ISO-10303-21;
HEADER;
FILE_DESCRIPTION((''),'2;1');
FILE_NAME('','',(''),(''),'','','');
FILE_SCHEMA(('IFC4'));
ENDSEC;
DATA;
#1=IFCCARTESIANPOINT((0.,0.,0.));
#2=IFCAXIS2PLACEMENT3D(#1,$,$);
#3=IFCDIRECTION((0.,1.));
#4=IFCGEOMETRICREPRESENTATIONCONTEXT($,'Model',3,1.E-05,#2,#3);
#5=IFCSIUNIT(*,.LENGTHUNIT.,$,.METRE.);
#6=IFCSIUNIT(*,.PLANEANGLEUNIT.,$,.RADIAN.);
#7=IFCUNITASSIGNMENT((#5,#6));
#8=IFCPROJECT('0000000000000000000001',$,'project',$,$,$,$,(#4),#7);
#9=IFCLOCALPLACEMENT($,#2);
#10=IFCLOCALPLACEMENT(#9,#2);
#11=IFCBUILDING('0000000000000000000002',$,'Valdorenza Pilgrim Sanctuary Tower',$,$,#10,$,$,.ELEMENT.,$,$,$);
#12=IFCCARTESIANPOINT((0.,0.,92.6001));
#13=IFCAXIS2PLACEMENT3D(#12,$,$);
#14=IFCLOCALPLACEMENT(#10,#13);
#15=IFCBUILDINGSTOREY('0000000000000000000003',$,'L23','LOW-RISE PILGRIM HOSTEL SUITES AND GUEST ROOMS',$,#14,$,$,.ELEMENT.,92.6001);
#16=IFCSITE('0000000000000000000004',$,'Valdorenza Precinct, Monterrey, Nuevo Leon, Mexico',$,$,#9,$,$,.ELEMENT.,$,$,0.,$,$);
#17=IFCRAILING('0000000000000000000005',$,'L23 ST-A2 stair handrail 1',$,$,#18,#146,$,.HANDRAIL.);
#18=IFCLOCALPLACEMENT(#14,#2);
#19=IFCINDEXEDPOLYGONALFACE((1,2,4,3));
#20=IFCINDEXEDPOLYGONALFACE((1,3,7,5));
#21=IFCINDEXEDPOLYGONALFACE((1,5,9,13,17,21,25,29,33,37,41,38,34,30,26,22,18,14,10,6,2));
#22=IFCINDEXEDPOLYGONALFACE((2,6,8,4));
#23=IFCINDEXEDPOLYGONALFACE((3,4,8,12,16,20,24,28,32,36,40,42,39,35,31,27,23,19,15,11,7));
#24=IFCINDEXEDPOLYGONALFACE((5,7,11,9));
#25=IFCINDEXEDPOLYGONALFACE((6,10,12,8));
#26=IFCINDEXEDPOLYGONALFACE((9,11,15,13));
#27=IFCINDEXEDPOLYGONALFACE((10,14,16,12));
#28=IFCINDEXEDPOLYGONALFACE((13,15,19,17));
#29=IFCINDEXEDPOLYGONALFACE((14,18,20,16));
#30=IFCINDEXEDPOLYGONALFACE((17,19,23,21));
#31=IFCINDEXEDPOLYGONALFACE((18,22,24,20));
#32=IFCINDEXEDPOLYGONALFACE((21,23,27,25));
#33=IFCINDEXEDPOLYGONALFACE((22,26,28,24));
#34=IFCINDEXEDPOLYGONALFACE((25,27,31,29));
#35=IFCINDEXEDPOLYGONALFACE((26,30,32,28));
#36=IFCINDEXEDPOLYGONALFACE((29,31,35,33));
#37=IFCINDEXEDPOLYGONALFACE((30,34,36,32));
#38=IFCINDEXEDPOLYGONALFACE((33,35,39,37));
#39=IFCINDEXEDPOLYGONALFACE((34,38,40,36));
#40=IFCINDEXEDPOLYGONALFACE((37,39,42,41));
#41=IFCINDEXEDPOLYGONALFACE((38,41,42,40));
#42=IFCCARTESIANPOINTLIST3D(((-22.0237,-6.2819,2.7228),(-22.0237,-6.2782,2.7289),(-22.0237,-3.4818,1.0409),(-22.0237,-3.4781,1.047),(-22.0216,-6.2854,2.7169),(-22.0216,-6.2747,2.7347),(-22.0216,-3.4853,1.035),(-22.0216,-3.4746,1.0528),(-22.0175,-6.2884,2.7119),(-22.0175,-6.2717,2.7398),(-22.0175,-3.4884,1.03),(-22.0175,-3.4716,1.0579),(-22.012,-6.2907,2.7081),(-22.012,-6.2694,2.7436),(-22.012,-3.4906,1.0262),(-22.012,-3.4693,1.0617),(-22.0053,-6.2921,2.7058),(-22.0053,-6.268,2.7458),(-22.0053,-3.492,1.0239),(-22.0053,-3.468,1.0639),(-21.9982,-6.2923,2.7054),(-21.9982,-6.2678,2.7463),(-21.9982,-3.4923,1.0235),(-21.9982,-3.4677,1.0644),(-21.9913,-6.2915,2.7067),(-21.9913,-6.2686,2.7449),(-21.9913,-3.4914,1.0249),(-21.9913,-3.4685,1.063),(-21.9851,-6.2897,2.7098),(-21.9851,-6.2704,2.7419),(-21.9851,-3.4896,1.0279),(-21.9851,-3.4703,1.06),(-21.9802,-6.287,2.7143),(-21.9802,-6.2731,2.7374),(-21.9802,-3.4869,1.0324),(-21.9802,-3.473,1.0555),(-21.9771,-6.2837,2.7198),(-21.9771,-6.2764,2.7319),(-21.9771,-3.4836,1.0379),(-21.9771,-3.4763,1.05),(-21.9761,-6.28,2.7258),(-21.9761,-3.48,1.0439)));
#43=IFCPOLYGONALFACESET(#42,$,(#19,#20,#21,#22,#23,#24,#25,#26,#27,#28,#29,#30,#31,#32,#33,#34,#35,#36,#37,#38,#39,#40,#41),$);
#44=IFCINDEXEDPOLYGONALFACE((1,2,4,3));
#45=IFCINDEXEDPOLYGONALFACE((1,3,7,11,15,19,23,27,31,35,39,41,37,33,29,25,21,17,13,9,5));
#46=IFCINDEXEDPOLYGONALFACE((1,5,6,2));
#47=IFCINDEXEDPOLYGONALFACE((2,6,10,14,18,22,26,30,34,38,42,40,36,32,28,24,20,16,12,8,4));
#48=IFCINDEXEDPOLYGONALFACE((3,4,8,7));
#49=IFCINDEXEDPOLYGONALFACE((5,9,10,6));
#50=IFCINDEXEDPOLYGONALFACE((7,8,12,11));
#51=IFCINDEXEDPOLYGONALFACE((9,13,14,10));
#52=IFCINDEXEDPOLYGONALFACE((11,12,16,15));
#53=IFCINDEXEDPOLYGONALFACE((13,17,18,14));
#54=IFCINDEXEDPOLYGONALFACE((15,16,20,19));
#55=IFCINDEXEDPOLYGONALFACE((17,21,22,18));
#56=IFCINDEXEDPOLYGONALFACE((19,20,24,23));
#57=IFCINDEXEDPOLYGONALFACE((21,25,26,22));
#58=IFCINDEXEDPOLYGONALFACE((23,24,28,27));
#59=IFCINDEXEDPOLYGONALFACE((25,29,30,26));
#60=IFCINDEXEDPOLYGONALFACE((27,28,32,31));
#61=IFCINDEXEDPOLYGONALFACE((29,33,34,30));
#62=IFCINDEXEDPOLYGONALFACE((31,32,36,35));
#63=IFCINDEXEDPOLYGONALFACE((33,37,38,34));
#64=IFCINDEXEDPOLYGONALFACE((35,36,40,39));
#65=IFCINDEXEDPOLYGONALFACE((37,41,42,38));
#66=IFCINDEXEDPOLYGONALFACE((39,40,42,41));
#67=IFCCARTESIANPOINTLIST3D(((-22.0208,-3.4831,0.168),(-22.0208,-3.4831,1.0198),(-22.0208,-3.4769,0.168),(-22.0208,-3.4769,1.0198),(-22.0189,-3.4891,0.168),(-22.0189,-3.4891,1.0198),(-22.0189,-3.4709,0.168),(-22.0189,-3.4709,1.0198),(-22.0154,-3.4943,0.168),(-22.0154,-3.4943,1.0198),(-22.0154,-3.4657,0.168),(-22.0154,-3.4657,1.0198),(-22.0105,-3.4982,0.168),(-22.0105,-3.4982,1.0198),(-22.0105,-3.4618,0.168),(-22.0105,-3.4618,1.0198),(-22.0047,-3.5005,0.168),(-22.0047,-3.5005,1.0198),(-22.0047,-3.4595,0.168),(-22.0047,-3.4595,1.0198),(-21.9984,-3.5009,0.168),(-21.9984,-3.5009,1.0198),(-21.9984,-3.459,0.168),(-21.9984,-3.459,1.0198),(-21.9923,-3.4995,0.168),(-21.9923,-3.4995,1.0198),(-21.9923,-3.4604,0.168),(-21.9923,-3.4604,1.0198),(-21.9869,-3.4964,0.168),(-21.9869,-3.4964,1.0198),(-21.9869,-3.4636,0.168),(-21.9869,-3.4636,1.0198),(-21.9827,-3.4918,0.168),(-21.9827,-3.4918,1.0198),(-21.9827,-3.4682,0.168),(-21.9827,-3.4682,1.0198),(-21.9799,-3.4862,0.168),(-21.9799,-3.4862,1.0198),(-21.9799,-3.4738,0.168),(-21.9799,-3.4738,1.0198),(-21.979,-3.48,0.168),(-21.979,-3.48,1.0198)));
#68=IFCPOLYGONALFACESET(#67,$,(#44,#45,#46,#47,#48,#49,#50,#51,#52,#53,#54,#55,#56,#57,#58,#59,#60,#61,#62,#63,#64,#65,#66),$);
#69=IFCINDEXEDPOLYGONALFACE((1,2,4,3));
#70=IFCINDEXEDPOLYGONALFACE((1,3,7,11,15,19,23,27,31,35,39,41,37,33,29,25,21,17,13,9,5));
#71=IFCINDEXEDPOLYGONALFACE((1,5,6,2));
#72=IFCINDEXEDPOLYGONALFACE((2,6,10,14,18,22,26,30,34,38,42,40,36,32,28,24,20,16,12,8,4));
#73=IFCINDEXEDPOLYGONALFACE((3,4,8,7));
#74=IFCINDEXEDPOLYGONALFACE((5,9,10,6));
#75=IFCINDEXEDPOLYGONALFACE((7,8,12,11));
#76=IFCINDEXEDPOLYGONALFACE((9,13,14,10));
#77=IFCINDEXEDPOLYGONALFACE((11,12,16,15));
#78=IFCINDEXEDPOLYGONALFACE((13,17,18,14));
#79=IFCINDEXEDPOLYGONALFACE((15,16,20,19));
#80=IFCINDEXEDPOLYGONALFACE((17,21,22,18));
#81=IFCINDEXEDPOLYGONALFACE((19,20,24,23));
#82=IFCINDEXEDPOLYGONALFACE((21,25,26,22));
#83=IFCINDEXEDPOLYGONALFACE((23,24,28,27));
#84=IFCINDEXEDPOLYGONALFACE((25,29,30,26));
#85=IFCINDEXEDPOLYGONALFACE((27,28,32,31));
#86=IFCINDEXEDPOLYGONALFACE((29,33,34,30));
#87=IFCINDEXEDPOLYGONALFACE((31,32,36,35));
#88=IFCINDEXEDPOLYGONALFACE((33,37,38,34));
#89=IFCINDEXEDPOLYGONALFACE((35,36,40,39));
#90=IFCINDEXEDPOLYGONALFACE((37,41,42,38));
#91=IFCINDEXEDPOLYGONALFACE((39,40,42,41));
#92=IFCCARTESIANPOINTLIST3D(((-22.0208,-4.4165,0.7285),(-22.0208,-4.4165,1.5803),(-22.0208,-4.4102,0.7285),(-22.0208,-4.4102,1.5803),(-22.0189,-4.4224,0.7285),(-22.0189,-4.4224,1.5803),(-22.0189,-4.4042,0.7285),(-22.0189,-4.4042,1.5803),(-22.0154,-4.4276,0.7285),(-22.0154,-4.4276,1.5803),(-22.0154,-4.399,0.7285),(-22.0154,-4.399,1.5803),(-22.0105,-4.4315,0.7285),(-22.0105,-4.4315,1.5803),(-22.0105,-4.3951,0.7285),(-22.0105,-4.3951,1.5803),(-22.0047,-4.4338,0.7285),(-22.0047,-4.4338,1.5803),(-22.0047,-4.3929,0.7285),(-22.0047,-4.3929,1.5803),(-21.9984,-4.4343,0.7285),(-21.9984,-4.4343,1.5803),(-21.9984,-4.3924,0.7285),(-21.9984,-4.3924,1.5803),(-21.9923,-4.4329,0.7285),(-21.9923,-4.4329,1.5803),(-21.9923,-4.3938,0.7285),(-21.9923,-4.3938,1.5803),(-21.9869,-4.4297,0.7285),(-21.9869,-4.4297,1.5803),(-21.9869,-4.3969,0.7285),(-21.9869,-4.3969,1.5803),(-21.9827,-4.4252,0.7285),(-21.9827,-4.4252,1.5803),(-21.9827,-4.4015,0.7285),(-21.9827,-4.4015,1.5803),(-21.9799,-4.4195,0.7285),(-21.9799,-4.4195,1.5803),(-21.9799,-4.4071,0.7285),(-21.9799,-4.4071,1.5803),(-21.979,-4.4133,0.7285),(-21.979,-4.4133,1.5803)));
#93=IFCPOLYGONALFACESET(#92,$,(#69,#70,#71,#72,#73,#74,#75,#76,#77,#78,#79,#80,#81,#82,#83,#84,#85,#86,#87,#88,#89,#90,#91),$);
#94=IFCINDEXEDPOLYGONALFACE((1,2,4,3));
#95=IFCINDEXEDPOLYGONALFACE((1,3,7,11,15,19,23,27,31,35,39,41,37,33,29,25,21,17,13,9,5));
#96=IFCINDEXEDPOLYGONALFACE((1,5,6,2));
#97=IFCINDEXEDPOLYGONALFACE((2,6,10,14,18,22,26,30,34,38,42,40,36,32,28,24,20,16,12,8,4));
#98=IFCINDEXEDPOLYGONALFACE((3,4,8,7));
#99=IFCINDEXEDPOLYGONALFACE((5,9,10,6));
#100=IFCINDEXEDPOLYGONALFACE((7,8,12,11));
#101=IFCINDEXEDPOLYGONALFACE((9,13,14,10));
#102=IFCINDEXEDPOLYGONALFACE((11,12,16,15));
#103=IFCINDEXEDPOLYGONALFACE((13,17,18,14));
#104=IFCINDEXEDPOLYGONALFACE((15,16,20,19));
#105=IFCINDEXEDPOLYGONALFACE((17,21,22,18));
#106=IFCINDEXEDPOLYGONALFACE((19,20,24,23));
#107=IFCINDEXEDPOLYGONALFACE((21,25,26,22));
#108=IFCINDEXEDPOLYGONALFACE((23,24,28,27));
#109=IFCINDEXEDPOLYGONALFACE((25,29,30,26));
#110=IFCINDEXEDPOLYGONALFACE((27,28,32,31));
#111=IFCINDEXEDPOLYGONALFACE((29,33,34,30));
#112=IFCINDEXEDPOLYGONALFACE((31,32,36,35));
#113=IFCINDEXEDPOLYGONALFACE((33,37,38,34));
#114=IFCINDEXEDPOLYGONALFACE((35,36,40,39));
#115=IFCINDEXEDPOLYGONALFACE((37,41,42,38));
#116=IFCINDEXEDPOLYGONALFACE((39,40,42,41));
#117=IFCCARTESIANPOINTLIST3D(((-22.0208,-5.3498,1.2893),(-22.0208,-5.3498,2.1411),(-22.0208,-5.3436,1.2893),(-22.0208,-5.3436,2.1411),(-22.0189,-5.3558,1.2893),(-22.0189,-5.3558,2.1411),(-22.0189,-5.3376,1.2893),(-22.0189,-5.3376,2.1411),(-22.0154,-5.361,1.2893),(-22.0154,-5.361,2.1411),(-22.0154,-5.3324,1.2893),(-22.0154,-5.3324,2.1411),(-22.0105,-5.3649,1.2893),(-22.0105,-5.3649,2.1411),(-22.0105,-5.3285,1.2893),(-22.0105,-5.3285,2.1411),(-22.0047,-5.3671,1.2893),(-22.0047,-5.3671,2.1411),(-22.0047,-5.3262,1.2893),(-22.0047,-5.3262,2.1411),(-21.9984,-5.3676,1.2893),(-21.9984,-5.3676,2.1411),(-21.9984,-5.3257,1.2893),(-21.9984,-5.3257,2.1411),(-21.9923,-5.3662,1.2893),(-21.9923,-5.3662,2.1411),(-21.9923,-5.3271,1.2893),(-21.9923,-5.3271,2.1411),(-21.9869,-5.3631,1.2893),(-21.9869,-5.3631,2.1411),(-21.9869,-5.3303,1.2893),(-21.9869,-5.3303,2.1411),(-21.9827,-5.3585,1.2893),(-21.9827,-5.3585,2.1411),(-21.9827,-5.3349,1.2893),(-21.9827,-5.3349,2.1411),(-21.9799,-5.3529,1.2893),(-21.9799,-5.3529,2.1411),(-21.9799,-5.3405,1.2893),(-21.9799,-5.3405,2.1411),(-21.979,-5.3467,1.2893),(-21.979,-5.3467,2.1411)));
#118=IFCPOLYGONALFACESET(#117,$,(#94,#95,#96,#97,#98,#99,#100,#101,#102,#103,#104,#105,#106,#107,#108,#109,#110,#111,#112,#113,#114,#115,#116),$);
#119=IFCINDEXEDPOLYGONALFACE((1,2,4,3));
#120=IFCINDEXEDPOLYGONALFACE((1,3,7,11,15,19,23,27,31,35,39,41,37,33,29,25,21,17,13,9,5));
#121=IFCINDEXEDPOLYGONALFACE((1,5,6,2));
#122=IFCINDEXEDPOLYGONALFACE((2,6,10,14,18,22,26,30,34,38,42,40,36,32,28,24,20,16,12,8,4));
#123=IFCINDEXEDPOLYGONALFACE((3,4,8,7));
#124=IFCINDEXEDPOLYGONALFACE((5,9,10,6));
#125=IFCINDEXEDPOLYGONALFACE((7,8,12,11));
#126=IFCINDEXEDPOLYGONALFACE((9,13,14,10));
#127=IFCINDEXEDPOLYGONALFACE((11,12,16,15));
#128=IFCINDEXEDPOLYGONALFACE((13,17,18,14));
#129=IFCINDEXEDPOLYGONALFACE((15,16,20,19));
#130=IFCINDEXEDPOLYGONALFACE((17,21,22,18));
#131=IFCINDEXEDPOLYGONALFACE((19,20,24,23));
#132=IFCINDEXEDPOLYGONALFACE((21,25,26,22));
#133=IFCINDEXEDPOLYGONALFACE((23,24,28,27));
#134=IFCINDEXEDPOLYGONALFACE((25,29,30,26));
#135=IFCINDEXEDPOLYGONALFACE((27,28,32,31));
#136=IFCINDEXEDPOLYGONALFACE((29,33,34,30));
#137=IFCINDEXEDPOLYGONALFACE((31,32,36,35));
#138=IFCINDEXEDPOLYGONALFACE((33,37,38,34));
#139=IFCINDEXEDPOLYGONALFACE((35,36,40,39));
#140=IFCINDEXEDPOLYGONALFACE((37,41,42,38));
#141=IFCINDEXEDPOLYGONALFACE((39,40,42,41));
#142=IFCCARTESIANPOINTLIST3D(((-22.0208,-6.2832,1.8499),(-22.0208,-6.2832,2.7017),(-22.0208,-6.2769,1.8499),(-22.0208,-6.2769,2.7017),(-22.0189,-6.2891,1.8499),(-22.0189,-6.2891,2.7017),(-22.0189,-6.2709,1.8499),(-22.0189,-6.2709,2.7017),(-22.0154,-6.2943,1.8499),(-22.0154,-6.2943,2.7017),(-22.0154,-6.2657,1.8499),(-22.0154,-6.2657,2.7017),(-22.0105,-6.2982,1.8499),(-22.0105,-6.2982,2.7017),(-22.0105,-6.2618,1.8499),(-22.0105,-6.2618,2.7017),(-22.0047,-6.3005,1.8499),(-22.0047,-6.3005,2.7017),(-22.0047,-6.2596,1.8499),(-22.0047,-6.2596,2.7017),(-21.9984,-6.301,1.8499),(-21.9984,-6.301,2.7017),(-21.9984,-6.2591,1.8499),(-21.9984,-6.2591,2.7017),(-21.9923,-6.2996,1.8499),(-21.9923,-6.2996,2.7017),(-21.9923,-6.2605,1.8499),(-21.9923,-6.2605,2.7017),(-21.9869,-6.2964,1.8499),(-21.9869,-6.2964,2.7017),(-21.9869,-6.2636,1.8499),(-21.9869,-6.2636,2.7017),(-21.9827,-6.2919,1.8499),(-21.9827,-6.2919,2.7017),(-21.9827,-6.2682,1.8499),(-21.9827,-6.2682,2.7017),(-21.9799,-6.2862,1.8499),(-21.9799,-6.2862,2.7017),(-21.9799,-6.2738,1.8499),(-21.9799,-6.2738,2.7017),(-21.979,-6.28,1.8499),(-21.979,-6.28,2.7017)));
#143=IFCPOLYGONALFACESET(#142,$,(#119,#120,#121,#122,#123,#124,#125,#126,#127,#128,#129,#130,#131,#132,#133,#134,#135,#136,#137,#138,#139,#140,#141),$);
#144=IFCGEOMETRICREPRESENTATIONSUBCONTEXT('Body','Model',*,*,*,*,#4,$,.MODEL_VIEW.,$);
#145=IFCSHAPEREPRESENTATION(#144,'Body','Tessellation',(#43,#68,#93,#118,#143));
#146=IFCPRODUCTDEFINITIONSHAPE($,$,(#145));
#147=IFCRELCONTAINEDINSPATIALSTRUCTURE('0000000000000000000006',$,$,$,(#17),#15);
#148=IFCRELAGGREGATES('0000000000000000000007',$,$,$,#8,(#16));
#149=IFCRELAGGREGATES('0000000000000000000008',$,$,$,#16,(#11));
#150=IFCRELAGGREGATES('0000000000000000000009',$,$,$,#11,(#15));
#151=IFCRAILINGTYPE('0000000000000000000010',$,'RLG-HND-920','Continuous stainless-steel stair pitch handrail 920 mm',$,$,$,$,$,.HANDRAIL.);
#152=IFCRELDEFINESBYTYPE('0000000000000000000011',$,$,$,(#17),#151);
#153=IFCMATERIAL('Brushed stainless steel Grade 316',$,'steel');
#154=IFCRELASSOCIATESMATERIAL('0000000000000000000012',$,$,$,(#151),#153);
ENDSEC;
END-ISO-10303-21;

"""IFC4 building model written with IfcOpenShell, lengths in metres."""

from ifc_helpers import new_model, si_unit, direction, frame, origin, origin_2d, place, context, subcontext, project, spatial, circle, extrude, material, type_object, element, save


model = new_model("IFC4")

# Units and contexts
model_context = context("Model", 3, precision=1e-05, world=origin(), true_north=direction((0.0, 1.0)))
body_context = subcontext(model_context, "Body", "Model", "MODEL_VIEW")
ifc_project = project(units=[si_unit("LENGTHUNIT", "METRE"), si_unit("PLANEANGLEUNIT", "RADIAN")], contexts=[model_context])

# Site, building, storey
site_placement = place(None, origin())
site = spatial("IfcSite", under=ifc_project, at=site_placement, Name="Valdorenza Precinct, Monterrey, Nuevo Leon, Mexico", CompositionType="ELEMENT", RefElevation=0.0)
building_placement = place(site_placement, origin())
building = spatial("IfcBuilding", under=site, at=building_placement, Name="Valdorenza Pilgrim Sanctuary Tower", CompositionType="ELEMENT")
storey_placement = place(building_placement, frame((0.0, 0.0, 92.6001)))
storey = spatial("IfcBuildingStorey", under=building, at=storey_placement, Name="L23", Description="LOW-RISE PILGRIM HOSTEL SUITES AND GUEST ROOMS", CompositionType="ELEMENT", Elevation=92.6001)

# Shared definitions
ifc_material_1 = material(Name="Brushed stainless steel Grade 316", Category="steel")

# Railing
railing_type_1 = type_object("IfcRailingType", Name="RLG-HND-920", Description="Continuous stainless-steel stair pitch handrail 920 mm", PredefinedType="HANDRAIL", material=ifc_material_1)
railing_1_placement = place(storey_placement, frame((-22.0, -3.48, 0.168)))
element("IfcRailing", 1, at=railing_1_placement, inside=storey, type_object=railing_type_1, Name="L23 ST-A2 stair handrail 1", PredefinedType="HANDRAIL", context=body_context, shape_type="SweptSolid", body=[
    extrude(circle(Radius=0.0239, at=origin_2d()), frame((0.0, 0.0, 0.876), z_axis=(0.0, -0.857242, 0.514913), x_axis=(1.0, 0.0, 0.0)), (0.0, 0.0, 1.0), 3.2664),
    extrude(circle(Radius=0.021, at=origin_2d()), origin(), (0.0, 0.0, 1.0), 0.8518),
    extrude(circle(Radius=0.021, at=origin_2d()), frame((0.0, -0.9333, 0.5605)), (0.0, 0.0, 1.0), 0.8518),
    extrude(circle(Radius=0.021, at=origin_2d()), frame((0.0, -1.8667, 1.1213)), (0.0, 0.0, 1.0), 0.8518),
    extrude(circle(Radius=0.021, at=origin_2d()), frame((0.0, -2.8, 1.6819)), (0.0, 0.0, 1.0), 0.8518),
])

save(model, "model.ifc")
